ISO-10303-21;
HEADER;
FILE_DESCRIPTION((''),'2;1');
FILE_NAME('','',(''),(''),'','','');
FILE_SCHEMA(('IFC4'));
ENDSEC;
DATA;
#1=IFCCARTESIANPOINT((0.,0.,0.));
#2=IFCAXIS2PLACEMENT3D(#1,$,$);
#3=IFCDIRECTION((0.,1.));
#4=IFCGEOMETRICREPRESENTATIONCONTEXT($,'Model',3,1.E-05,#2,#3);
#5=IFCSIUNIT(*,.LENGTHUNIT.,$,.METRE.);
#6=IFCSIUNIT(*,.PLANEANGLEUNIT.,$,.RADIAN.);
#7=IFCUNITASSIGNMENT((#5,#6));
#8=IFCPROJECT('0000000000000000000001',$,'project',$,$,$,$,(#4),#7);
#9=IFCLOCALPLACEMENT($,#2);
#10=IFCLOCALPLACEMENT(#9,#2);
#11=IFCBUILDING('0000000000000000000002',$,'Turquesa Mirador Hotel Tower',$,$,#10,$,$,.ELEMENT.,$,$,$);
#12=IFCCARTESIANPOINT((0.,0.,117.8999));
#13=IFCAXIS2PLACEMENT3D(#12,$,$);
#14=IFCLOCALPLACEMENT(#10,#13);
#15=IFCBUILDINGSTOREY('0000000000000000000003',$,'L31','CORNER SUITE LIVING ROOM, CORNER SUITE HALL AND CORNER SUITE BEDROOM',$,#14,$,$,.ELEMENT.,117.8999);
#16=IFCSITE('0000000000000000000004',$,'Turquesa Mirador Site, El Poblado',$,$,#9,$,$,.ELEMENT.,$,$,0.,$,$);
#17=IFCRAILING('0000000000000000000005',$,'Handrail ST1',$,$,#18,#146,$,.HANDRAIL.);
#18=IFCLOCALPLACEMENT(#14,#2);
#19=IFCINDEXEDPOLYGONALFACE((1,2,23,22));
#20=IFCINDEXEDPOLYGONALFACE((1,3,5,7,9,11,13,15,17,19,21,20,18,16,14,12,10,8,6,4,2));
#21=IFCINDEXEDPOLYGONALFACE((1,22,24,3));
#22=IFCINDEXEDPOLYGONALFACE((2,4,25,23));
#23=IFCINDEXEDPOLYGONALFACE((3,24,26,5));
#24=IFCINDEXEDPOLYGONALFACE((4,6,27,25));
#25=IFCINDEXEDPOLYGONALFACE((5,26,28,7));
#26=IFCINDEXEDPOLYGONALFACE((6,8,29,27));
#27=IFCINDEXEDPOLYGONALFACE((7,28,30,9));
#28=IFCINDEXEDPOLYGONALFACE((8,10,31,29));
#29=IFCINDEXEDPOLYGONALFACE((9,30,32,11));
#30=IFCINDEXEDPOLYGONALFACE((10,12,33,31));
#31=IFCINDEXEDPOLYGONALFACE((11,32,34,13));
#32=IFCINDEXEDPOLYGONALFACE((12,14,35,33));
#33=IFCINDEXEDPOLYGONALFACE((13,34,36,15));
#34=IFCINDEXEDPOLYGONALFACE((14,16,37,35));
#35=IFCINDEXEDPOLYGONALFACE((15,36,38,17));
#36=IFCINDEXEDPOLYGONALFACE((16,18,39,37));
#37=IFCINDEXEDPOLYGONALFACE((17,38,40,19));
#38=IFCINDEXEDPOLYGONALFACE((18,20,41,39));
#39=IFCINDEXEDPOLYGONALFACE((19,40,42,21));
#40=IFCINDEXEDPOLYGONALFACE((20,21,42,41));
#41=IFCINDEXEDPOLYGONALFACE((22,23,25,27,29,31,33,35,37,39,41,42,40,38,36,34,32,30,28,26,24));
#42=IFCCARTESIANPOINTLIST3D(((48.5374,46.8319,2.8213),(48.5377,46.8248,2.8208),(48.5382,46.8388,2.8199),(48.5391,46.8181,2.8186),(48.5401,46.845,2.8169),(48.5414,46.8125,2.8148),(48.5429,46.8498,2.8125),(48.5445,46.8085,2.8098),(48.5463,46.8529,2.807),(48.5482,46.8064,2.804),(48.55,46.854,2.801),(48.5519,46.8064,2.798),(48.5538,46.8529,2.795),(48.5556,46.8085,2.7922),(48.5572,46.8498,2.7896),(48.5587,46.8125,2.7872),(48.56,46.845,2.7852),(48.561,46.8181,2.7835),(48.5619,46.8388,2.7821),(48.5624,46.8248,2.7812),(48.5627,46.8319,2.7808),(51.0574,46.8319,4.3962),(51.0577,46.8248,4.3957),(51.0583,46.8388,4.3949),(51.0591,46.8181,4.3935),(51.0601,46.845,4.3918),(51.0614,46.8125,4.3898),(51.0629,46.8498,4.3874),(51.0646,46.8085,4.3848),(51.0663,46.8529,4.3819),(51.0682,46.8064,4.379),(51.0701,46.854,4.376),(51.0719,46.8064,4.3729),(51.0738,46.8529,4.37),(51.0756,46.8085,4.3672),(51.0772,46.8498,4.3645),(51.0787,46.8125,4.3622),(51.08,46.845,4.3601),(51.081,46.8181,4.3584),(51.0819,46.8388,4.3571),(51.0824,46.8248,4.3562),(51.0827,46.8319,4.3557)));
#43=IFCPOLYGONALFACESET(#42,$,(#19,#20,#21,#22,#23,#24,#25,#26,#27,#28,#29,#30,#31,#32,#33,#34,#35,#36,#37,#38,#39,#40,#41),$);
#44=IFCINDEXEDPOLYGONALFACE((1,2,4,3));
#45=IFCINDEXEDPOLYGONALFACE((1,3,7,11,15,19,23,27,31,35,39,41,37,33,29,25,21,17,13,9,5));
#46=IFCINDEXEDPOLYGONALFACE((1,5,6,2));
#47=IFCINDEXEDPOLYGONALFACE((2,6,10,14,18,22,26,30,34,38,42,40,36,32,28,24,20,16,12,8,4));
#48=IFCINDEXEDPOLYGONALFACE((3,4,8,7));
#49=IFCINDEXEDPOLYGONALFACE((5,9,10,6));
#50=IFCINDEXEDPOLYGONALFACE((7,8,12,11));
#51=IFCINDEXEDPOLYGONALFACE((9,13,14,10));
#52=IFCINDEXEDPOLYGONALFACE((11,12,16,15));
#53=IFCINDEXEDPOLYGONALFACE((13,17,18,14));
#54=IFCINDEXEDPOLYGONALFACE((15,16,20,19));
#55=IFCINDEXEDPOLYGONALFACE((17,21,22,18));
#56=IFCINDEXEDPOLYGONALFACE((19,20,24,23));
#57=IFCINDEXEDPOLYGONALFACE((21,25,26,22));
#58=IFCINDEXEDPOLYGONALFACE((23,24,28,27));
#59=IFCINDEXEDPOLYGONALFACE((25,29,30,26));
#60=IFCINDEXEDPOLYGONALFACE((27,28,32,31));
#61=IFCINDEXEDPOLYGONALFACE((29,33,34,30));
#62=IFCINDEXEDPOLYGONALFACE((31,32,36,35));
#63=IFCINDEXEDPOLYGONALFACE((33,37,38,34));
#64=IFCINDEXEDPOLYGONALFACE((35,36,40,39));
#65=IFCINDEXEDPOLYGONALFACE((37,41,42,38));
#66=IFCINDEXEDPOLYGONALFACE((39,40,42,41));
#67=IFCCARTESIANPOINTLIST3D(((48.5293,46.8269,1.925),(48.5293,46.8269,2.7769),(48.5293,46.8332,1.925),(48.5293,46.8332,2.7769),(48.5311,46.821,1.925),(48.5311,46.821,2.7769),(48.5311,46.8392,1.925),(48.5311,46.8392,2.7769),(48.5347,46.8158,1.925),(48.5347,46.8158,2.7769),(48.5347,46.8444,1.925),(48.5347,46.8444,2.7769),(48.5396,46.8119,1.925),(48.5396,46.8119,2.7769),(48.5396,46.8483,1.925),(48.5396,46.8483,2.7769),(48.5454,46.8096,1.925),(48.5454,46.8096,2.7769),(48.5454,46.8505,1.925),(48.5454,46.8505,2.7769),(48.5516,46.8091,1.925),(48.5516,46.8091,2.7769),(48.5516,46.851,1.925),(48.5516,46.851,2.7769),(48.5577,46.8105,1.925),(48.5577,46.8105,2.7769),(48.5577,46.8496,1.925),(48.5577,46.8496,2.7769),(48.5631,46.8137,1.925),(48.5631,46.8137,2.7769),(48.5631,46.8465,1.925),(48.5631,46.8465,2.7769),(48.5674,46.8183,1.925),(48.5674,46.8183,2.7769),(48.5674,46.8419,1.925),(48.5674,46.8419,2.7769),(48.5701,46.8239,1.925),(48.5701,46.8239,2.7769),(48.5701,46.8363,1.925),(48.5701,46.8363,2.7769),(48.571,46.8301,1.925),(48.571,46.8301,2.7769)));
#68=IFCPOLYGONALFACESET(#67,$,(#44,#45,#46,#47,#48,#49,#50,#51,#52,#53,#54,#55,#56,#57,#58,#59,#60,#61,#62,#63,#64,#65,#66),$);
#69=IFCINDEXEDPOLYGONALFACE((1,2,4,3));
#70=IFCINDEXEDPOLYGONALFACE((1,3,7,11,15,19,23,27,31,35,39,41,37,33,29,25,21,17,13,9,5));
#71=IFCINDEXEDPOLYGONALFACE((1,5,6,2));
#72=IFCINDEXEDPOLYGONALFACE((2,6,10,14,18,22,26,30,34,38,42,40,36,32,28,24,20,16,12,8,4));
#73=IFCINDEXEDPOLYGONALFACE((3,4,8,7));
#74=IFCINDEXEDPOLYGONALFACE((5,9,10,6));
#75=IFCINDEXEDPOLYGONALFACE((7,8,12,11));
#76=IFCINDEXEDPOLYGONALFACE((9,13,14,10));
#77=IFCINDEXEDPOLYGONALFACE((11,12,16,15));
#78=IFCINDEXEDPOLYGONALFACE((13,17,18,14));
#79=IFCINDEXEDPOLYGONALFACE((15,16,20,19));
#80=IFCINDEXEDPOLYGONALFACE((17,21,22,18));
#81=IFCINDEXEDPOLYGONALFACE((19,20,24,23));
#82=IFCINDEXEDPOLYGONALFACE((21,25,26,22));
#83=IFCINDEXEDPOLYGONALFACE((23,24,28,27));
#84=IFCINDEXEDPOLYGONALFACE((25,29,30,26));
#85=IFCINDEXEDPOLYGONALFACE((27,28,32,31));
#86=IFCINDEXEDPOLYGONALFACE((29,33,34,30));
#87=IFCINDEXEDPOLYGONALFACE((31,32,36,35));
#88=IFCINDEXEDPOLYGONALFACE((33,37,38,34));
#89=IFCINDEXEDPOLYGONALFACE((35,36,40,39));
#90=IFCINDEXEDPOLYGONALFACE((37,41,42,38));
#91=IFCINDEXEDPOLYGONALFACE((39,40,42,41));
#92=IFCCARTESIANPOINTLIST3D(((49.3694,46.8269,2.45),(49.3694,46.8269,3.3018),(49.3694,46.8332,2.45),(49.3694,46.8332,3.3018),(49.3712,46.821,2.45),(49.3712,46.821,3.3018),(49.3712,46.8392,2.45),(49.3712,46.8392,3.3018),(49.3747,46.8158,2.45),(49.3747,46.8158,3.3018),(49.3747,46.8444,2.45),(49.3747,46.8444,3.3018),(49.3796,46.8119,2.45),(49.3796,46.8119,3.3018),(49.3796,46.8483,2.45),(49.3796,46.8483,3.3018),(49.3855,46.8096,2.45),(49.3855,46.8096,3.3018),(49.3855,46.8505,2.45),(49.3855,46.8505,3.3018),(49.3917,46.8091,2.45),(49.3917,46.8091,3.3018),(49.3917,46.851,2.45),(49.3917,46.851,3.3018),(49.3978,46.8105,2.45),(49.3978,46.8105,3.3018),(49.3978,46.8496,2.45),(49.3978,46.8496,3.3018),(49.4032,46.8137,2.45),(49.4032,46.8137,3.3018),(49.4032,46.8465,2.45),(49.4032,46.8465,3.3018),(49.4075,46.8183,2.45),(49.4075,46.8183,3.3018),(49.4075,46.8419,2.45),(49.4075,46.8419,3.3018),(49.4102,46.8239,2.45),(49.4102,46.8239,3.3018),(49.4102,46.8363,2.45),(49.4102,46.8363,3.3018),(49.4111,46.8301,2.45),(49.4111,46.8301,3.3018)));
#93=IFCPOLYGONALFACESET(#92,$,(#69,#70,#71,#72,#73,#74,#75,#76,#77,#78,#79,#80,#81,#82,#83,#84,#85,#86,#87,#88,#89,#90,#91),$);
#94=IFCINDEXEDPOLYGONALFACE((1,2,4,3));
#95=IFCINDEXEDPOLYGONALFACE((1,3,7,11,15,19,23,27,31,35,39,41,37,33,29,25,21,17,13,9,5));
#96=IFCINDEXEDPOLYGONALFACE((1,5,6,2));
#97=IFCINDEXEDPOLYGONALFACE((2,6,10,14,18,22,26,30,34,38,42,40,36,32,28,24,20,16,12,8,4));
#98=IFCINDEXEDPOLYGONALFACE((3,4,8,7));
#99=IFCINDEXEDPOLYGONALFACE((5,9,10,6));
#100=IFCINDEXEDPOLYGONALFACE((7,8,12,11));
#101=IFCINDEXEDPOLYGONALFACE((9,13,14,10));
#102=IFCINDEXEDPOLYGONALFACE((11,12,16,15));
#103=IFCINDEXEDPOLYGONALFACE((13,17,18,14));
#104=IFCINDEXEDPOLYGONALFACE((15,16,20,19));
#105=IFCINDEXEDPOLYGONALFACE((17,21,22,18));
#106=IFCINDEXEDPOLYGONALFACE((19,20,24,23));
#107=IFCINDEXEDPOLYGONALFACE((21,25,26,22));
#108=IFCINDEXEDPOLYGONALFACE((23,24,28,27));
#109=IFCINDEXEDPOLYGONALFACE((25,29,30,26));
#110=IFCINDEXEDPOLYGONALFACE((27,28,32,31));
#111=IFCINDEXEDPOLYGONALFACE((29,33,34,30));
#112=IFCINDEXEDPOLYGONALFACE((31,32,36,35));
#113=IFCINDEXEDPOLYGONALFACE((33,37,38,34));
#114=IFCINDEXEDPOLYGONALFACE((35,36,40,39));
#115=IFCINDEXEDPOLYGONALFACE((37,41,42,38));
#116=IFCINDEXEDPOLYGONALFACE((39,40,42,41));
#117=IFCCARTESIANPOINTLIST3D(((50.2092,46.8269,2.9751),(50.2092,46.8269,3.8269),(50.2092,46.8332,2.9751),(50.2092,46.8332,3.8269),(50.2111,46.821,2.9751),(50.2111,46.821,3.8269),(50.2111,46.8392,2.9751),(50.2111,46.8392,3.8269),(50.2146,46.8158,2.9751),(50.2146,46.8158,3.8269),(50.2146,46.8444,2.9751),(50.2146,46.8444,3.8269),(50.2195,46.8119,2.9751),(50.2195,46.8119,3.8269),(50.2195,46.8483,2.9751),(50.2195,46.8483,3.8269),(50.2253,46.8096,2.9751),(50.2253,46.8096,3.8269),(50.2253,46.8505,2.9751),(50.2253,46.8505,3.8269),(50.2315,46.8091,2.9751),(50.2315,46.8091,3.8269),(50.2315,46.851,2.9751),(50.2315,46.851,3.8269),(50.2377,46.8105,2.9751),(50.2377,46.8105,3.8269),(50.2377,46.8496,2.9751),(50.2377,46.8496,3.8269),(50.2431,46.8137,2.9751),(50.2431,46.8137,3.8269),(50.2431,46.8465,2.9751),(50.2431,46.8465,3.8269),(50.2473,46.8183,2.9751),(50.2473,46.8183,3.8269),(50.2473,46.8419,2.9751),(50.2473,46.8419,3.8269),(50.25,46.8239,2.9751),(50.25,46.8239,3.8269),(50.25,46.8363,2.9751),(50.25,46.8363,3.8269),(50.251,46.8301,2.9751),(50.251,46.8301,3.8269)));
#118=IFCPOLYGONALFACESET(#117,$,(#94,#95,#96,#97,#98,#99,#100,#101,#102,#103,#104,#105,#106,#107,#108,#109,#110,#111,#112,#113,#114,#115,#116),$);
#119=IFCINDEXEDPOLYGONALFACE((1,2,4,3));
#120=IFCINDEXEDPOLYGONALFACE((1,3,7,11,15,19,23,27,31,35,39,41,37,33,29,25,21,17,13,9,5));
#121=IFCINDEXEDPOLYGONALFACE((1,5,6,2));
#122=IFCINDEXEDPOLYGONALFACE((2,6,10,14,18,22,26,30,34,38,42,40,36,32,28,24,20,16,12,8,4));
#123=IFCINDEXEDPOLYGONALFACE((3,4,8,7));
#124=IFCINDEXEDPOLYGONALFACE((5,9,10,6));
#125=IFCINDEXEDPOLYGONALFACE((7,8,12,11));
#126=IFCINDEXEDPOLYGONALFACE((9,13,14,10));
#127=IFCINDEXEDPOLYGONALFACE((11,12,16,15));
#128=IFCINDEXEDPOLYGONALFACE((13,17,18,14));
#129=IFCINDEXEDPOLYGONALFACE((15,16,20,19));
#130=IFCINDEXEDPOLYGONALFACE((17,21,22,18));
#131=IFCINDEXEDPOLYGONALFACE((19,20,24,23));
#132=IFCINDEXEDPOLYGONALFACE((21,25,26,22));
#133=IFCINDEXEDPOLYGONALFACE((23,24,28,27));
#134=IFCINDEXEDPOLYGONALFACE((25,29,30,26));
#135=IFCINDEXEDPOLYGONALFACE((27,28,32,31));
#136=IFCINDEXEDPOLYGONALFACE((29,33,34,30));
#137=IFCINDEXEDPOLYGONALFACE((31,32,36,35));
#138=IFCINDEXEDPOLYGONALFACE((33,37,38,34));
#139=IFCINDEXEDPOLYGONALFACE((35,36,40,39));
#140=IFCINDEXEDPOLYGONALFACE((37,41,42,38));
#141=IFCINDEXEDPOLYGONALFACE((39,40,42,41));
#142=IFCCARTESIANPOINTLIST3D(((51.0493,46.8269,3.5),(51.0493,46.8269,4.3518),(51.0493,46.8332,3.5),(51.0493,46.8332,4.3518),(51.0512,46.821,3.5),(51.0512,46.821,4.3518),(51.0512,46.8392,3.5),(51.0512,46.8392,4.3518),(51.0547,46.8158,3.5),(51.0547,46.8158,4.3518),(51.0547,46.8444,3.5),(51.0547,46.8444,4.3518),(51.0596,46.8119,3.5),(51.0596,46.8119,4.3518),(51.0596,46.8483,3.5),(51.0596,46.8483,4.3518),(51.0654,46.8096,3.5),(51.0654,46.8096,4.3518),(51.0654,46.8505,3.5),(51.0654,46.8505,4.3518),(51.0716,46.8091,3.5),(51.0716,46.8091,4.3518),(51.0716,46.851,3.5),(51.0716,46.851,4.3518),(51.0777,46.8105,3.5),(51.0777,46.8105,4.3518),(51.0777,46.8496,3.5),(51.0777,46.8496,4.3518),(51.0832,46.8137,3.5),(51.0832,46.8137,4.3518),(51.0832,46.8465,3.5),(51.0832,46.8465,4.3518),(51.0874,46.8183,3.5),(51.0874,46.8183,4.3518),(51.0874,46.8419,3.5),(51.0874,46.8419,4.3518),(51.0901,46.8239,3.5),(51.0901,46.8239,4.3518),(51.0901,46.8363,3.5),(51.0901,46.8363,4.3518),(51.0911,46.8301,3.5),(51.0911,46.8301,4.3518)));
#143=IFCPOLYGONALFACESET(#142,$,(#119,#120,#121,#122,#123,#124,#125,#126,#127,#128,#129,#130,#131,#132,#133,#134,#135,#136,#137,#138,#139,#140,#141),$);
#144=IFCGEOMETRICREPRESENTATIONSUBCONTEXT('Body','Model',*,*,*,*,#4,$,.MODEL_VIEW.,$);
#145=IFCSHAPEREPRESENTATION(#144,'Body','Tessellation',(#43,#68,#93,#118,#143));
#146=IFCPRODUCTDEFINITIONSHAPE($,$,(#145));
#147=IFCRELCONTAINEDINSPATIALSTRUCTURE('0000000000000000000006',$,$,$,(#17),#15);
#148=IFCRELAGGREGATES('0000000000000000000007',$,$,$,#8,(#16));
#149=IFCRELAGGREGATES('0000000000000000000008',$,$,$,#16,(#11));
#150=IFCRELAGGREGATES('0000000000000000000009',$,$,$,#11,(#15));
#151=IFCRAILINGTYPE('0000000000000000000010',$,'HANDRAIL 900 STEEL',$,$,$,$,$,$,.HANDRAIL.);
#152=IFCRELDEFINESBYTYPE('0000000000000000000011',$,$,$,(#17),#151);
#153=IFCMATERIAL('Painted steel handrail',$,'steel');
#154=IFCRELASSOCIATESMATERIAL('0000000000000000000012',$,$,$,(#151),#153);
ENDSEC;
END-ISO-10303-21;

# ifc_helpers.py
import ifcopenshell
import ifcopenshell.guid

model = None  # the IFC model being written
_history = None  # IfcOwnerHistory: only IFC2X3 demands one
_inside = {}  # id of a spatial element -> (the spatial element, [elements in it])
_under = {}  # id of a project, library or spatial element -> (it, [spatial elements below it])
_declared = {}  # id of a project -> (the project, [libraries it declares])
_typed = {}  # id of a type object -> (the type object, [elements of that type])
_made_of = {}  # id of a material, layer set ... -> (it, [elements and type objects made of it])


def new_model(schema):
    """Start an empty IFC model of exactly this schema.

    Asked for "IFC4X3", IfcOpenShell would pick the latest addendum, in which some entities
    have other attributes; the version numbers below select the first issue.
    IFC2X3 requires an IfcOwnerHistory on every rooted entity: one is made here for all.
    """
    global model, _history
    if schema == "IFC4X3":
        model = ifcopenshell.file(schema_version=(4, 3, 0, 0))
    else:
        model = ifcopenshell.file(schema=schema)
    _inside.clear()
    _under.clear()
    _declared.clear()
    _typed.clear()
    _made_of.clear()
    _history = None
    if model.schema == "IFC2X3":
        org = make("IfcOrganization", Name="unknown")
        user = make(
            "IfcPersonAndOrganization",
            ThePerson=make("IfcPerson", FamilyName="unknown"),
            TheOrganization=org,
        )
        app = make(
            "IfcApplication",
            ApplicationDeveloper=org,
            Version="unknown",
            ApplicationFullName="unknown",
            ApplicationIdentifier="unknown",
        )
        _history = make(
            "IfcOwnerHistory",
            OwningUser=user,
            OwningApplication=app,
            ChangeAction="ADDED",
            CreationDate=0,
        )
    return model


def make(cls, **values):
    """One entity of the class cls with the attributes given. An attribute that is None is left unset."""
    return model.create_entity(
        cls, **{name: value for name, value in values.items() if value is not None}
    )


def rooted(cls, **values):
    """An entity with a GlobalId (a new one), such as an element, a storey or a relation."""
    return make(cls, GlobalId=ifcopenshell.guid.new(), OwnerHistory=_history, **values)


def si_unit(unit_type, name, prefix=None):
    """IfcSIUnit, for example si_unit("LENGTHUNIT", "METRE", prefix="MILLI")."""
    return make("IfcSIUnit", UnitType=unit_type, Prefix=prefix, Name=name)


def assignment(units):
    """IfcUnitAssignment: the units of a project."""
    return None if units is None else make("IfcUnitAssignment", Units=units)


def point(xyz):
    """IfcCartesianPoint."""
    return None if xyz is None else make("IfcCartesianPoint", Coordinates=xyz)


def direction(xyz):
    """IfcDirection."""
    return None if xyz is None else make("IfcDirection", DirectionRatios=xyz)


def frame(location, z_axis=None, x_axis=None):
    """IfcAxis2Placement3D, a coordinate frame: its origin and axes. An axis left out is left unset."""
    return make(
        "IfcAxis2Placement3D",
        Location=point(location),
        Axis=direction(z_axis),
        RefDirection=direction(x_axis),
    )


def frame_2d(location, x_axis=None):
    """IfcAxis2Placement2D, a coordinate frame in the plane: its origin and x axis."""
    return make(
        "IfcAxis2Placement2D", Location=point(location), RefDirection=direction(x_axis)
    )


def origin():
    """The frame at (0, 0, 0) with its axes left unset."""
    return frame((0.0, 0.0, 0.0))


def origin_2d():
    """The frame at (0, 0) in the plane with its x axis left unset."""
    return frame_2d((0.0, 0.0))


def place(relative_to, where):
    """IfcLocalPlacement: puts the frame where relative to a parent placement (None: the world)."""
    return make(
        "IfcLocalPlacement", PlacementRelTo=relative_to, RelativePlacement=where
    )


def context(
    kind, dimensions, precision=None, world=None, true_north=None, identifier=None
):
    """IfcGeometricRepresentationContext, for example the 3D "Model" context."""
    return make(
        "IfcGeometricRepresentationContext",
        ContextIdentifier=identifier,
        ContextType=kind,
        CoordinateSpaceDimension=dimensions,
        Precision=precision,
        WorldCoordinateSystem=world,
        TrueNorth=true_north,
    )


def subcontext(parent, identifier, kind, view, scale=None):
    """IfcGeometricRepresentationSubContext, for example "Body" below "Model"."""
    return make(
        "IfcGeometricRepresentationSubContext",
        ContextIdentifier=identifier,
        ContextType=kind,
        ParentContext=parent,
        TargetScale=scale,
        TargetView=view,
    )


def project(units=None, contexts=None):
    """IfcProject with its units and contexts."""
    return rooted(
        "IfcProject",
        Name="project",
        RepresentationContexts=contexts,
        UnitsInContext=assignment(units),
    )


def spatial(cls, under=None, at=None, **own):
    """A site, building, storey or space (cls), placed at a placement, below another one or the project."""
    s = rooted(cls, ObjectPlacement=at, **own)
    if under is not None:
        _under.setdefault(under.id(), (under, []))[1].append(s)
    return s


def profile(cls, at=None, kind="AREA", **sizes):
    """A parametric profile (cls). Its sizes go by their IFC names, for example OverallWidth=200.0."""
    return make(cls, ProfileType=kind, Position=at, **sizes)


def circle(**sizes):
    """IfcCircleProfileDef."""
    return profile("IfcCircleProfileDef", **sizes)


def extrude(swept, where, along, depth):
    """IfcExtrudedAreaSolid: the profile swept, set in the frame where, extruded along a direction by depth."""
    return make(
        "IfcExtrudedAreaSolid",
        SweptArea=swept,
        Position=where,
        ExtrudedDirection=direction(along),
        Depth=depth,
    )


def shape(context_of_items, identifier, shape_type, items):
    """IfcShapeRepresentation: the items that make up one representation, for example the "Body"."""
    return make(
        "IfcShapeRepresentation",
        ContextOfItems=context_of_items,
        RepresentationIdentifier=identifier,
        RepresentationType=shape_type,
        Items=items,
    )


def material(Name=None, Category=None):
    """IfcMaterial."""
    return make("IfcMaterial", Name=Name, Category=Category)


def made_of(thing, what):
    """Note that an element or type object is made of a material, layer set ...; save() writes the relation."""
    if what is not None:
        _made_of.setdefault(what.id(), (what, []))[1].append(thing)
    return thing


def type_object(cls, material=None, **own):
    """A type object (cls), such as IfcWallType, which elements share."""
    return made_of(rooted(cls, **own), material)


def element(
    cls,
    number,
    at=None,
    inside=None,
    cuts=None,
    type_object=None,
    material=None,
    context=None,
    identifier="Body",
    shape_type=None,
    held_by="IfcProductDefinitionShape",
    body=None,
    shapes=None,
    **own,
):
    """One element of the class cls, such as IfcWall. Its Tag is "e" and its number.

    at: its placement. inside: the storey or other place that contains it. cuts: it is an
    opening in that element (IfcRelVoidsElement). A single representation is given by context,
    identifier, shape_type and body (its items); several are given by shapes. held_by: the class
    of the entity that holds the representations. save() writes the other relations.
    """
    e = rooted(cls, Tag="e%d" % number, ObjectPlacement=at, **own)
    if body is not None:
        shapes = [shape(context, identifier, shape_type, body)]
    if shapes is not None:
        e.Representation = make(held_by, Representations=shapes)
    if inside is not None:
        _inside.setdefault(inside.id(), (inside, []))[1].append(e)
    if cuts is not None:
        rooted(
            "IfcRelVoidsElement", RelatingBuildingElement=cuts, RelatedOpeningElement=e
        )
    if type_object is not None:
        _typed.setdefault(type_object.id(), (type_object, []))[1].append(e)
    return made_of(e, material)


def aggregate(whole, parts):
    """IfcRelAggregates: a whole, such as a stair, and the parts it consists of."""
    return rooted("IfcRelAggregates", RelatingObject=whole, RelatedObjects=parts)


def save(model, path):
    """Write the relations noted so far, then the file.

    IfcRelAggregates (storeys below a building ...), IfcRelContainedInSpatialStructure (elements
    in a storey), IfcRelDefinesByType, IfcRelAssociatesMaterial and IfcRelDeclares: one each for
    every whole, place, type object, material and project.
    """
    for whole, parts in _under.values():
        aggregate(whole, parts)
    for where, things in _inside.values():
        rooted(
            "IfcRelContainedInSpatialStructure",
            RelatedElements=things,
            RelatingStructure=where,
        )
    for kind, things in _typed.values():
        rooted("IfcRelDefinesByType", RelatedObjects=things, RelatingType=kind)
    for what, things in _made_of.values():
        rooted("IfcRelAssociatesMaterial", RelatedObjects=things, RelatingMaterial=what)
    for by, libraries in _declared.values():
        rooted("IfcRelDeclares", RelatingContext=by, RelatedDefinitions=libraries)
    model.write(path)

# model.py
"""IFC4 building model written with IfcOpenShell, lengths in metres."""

from ifc_helpers import new_model, si_unit, direction, frame, origin, origin_2d, place, context, subcontext, project, spatial, circle, extrude, material, type_object, element, save


model = new_model("IFC4")

# Units and contexts
model_context = context("Model", 3, precision=1e-05, world=origin(), true_north=direction((0.0, 1.0)))
body_context = subcontext(model_context, "Body", "Model", "MODEL_VIEW")
ifc_project = project(units=[si_unit("LENGTHUNIT", "METRE"), si_unit("PLANEANGLEUNIT", "RADIAN")], contexts=[model_context])

# Site, building, storey
site_placement = place(None, origin())
site = spatial("IfcSite", under=ifc_project, at=site_placement, Name="Turquesa Mirador Site, El Poblado", CompositionType="ELEMENT", RefElevation=0.0)
building_placement = place(site_placement, origin())
building = spatial("IfcBuilding", under=site, at=building_placement, Name="Turquesa Mirador Hotel Tower", CompositionType="ELEMENT")
storey_placement = place(building_placement, frame((0.0, 0.0, 117.8999)))
storey = spatial("IfcBuildingStorey", under=building, at=storey_placement, Name="L31", Description="CORNER SUITE LIVING ROOM, CORNER SUITE HALL AND CORNER SUITE BEDROOM", CompositionType="ELEMENT", Elevation=117.8999)

# Railing
ifc_material_1 = material(Name="Painted steel handrail", Category="steel")
railing_type = type_object("IfcRailingType", Name="HANDRAIL 900 STEEL", PredefinedType="HANDRAIL", material=ifc_material_1)
railing_1_placement = place(storey_placement, frame((48.55, 46.8301, 1.925)))
element("IfcRailing", 1, at=railing_1_placement, inside=storey, type_object=railing_type, Name="Handrail ST1", PredefinedType="HANDRAIL", context=body_context, shape_type="SweptSolid", body=[
    extrude(circle(Radius=0.0239, at=origin_2d()), frame((0.0, 0.0, 0.876), z_axis=(0.848008, 0.0, 0.529984), x_axis=(0.0, 1.0, 0.0)), (0.0, 0.0, 1.0), 2.9717),
    extrude(circle(Radius=0.021, at=origin_2d()), origin(), (0.0, 0.0, 1.0), 0.8518),
    extrude(circle(Radius=0.021, at=origin_2d()), frame((0.8401, 0.0, 0.5249)), (0.0, 0.0, 1.0), 0.8518),
    extrude(circle(Radius=0.021, at=origin_2d()), frame((1.6799, 0.0, 1.05)), (0.0, 0.0, 1.0), 0.8518),
    extrude(circle(Radius=0.021, at=origin_2d()), frame((2.52, 0.0, 1.575)), (0.0, 0.0, 1.0), 0.8518),
])

save(model, "model.ifc")
